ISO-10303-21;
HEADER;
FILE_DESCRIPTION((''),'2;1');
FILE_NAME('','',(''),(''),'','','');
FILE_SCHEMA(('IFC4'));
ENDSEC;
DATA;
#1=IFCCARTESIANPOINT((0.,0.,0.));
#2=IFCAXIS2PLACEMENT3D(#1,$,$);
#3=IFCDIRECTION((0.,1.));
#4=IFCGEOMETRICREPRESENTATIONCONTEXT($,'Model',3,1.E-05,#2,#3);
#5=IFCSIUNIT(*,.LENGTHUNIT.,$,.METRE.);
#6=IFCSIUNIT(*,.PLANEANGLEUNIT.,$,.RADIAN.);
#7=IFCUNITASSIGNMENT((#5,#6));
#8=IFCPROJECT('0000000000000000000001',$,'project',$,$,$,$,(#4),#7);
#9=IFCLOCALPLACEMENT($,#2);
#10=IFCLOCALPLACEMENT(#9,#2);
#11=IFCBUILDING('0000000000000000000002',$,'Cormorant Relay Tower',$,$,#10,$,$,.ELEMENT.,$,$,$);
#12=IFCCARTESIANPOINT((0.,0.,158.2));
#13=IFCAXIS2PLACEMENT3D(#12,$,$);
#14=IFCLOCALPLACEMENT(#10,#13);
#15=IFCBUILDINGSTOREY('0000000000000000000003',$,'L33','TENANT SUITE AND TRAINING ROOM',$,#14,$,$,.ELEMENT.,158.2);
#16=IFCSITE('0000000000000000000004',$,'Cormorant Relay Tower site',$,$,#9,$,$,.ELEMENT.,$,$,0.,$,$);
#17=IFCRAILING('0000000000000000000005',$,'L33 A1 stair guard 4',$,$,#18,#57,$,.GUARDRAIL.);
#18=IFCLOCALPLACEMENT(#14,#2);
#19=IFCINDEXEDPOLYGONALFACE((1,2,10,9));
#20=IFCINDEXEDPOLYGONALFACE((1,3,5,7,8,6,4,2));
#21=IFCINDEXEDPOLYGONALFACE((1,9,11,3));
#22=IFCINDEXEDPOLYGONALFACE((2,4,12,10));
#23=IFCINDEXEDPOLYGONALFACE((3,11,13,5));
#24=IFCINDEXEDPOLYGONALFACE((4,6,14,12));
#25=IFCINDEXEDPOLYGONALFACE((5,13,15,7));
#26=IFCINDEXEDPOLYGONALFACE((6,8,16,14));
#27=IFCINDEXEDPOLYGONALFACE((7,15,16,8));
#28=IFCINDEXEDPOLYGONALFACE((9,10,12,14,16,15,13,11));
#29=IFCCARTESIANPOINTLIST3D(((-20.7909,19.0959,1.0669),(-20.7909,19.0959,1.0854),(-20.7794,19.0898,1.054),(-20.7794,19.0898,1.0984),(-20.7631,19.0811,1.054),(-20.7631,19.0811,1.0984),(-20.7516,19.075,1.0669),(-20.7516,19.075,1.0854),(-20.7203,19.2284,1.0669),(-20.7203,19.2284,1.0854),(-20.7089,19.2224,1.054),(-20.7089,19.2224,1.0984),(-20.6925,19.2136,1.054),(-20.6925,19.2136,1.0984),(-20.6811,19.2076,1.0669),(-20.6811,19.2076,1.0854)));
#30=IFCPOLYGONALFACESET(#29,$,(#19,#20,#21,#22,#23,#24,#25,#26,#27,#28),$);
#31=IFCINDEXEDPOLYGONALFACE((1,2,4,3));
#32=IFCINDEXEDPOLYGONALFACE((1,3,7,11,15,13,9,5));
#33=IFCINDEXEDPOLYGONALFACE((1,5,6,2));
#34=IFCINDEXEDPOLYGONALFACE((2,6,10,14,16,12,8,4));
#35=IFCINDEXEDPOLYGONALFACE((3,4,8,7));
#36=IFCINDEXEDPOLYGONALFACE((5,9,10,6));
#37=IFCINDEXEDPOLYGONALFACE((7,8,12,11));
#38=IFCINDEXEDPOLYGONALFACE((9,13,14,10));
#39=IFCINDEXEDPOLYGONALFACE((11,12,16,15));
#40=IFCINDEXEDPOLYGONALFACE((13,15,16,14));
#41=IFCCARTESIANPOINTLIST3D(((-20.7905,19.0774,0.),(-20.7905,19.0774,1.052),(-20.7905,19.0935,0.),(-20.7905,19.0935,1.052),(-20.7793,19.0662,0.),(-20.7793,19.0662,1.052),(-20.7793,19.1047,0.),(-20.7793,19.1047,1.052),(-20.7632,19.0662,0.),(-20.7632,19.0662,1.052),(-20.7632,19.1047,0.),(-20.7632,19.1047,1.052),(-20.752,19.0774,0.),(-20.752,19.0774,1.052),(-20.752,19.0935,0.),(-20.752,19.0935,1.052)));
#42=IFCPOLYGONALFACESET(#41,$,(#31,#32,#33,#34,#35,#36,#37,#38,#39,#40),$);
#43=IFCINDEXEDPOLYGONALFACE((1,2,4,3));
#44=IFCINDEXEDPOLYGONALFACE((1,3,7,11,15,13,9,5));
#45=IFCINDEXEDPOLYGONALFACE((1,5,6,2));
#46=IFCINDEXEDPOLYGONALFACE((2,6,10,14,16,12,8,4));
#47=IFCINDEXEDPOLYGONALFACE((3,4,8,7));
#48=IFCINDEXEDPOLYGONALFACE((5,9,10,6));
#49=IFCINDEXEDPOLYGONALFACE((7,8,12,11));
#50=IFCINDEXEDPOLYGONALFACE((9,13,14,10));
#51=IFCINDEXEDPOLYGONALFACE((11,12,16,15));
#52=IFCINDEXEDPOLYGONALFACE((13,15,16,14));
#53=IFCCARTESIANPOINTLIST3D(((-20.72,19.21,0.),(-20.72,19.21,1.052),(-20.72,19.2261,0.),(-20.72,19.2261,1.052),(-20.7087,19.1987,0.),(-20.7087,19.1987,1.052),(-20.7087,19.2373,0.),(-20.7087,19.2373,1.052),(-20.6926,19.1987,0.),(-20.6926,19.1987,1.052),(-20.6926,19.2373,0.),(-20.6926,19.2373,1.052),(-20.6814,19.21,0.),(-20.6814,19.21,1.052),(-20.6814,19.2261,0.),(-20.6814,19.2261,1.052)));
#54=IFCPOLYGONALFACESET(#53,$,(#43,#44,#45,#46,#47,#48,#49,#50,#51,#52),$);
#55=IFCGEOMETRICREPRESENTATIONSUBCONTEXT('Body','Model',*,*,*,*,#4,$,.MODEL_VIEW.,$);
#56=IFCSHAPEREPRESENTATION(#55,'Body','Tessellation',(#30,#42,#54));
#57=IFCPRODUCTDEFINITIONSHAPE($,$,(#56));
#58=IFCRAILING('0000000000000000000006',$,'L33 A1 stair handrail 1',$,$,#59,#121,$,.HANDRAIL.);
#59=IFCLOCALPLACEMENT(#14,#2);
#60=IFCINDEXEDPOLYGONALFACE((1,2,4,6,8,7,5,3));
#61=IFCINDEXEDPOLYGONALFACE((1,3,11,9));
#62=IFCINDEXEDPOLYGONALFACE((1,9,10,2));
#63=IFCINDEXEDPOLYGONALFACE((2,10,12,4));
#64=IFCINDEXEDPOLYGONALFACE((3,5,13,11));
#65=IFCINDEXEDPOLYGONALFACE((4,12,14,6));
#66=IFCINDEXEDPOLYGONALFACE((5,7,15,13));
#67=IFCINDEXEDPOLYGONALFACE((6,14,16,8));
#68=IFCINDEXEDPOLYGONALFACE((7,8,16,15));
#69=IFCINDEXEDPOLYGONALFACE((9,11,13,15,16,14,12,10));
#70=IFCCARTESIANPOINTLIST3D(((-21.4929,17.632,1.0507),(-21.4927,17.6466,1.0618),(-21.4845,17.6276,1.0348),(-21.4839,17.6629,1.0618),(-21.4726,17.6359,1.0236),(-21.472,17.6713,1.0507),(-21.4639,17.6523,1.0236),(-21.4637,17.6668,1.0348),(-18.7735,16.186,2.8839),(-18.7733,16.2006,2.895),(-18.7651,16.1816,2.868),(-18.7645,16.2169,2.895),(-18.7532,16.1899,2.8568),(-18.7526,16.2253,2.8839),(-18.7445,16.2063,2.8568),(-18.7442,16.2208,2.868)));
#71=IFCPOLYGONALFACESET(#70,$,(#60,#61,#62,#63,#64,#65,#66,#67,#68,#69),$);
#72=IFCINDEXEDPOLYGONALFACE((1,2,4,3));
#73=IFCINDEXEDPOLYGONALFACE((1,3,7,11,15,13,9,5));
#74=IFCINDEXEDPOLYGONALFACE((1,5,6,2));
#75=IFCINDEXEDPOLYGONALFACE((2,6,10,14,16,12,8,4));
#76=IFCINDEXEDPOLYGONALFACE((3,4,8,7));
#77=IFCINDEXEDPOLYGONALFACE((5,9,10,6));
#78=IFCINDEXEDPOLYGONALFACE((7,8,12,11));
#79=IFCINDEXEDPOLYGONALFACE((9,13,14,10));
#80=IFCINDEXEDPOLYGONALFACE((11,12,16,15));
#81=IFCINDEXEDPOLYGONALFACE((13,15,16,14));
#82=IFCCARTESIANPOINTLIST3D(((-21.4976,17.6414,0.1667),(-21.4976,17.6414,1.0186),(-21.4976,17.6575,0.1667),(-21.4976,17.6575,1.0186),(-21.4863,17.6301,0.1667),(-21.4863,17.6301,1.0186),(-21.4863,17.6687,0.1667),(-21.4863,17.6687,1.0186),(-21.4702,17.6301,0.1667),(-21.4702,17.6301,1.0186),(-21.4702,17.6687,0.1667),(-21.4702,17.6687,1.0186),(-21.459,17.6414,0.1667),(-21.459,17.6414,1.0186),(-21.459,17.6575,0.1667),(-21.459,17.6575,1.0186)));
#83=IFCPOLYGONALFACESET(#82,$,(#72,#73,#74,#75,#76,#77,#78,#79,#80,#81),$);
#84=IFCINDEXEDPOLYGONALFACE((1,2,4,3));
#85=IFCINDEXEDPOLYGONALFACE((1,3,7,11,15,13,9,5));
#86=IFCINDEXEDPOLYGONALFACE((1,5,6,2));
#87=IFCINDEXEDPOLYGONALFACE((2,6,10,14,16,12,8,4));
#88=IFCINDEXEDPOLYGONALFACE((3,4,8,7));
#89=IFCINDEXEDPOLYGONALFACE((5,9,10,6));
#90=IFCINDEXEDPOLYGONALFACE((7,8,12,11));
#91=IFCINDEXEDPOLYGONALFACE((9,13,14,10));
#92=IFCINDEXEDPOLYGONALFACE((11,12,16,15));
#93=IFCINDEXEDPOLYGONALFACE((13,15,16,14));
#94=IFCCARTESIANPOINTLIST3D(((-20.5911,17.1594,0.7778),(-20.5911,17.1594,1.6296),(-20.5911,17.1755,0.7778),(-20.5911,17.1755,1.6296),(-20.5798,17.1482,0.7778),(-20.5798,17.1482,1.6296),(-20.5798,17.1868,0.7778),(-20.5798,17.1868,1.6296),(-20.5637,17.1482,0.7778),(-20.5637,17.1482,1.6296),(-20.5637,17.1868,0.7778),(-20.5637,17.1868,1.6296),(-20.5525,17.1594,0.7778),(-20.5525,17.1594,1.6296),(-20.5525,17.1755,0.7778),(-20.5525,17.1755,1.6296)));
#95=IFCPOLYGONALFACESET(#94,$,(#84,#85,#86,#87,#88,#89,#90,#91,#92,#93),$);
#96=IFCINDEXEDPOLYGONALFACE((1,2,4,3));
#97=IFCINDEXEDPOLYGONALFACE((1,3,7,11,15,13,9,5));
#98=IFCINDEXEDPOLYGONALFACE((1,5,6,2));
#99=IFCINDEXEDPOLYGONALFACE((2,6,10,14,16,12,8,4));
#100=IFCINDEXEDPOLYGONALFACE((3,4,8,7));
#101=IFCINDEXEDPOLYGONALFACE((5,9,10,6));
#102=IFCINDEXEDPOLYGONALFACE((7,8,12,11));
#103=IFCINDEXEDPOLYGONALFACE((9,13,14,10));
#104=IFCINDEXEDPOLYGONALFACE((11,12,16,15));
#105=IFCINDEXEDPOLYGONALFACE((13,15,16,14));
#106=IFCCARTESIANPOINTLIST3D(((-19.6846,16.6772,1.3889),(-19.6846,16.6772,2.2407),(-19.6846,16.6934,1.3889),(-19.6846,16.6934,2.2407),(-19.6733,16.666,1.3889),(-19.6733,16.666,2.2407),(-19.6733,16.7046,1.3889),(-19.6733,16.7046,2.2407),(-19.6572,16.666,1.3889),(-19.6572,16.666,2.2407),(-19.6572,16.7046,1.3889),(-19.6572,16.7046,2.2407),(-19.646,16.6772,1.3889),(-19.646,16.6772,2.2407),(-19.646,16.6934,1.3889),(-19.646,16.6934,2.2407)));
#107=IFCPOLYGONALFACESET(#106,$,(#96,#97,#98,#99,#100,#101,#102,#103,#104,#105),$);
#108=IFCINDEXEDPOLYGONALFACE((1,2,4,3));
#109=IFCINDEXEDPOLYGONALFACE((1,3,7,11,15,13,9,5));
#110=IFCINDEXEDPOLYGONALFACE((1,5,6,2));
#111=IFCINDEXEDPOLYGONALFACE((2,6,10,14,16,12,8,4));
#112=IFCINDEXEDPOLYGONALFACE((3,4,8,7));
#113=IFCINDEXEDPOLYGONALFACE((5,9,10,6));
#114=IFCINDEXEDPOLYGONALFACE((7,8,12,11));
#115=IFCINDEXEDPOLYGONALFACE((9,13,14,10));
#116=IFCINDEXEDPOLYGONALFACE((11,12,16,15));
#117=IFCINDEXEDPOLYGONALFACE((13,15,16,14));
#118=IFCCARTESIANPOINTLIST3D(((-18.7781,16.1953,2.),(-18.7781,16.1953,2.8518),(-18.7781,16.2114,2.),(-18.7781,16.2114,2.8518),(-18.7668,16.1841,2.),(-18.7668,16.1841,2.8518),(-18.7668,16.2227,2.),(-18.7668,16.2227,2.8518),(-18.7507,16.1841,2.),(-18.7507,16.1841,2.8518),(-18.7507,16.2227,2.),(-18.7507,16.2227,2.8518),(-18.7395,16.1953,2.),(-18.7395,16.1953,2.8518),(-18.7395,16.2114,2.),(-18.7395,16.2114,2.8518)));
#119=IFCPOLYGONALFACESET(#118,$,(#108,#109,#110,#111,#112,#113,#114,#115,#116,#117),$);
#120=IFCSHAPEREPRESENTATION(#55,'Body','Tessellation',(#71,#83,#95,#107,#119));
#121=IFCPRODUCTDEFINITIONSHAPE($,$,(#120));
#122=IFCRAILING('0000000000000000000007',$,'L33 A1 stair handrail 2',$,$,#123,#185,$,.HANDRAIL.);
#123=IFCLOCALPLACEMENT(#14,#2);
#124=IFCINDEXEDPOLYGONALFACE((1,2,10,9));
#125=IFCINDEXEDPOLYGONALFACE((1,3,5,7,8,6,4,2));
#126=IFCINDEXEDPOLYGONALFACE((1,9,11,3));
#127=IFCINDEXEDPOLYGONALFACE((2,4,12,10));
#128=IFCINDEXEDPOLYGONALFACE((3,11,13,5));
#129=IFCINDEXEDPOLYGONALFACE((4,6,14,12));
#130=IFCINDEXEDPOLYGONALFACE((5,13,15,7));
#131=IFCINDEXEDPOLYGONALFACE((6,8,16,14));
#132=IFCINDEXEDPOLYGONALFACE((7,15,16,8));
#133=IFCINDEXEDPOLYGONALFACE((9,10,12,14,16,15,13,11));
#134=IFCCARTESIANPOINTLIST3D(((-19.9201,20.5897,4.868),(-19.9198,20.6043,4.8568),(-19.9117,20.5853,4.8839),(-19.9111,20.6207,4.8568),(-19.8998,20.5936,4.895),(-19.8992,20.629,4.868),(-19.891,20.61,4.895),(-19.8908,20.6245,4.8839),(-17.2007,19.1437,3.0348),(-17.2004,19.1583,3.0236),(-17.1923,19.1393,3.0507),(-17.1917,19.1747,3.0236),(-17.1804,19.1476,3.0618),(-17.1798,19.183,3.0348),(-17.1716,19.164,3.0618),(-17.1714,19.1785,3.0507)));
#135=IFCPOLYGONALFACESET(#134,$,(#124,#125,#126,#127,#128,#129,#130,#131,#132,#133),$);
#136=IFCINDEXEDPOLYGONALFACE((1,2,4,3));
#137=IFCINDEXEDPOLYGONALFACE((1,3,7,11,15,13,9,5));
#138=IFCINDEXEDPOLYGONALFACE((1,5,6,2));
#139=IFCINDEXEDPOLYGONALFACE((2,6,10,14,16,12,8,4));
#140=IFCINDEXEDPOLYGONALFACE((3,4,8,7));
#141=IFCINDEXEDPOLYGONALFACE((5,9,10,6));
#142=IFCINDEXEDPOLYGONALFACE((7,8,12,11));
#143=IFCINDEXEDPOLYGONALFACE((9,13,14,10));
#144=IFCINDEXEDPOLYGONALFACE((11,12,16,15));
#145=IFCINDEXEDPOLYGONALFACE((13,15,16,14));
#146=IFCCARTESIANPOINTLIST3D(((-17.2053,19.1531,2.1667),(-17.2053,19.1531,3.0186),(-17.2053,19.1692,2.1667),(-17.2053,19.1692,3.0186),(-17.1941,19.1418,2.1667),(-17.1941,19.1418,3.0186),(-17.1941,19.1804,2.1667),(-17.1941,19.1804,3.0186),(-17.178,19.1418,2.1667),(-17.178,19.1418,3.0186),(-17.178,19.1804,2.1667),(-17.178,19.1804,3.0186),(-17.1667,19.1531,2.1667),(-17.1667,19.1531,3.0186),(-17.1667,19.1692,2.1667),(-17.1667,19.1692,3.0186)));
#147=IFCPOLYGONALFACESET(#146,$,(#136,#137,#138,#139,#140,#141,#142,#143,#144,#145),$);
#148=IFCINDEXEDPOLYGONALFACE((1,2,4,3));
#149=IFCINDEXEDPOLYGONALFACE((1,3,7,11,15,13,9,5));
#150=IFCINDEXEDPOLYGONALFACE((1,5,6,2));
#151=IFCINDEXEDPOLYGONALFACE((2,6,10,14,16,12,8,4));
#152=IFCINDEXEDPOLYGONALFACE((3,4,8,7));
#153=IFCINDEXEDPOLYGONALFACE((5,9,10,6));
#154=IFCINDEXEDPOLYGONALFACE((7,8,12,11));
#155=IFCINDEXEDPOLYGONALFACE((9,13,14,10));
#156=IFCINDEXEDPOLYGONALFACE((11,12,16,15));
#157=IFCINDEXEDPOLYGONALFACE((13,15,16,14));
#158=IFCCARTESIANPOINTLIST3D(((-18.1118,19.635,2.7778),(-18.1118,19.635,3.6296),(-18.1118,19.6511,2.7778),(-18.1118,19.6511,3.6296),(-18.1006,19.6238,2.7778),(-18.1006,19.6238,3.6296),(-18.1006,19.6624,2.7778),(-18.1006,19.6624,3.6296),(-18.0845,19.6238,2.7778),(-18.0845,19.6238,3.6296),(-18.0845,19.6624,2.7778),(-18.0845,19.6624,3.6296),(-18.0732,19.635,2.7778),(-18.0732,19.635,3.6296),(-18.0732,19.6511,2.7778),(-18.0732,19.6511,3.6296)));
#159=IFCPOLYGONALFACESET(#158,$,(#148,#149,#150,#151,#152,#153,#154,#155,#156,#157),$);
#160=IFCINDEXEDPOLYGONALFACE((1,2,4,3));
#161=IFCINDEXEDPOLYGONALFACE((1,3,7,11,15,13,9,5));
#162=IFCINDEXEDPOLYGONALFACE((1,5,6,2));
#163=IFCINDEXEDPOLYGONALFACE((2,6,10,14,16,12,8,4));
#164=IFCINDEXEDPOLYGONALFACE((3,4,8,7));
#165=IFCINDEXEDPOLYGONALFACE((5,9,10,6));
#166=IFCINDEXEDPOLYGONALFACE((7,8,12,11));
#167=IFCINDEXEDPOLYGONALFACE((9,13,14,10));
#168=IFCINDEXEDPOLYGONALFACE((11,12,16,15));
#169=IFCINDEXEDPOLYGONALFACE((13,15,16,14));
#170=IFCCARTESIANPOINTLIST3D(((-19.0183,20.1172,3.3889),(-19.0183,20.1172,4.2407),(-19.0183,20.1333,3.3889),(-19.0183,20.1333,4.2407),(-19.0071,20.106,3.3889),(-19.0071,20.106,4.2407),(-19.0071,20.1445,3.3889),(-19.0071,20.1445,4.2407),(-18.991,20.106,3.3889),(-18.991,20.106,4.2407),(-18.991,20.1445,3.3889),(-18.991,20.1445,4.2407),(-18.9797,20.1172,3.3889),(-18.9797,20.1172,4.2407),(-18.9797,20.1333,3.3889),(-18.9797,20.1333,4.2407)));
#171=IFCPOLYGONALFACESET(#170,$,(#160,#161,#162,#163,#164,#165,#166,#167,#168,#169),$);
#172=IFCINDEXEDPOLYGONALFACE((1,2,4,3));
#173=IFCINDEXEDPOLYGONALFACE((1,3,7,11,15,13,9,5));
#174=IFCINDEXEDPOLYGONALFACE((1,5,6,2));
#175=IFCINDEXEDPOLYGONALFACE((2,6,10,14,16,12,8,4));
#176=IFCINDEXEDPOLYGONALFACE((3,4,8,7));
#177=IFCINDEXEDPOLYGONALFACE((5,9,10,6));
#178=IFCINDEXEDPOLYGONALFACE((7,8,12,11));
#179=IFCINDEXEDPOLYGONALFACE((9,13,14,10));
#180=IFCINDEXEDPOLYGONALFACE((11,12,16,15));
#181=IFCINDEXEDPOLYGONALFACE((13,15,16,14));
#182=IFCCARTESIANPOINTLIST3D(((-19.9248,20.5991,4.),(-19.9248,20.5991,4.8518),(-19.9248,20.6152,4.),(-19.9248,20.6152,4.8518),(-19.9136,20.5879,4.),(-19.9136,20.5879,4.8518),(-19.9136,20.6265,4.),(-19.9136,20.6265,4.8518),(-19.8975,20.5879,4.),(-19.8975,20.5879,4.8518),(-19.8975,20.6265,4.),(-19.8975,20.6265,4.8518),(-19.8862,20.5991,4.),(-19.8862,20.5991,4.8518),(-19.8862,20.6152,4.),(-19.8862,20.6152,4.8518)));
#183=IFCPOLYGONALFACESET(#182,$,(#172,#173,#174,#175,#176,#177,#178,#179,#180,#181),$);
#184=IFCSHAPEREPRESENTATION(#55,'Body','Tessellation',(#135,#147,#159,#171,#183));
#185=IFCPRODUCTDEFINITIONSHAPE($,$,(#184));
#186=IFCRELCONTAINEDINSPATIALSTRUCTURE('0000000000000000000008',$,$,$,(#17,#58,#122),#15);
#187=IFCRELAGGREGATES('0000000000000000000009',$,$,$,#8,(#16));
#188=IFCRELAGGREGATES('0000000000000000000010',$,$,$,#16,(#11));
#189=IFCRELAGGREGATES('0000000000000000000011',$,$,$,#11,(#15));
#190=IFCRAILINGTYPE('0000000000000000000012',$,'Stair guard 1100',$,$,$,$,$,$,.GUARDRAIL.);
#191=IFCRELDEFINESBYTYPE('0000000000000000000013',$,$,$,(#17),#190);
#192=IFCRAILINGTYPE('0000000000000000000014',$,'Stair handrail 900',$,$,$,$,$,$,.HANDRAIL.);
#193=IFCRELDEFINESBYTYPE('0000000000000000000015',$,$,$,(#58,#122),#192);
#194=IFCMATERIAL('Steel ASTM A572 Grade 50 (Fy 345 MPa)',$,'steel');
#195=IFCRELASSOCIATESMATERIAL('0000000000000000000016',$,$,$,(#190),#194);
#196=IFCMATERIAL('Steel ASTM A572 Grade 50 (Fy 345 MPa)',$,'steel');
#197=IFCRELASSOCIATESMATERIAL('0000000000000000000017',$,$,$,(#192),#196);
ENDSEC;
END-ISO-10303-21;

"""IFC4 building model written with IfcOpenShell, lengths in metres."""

from ifc_helpers import new_model, si_unit, direction, frame, origin, place, context, subcontext, project, spatial, polyline, outline, extrude, material, type_object, element, save


model = new_model("IFC4")

# Units and contexts
model_context = context("Model", 3, precision=1e-05, world=origin(), true_north=direction((0.0, 1.0)))
body_context = subcontext(model_context, "Body", "Model", "MODEL_VIEW")
ifc_project = project(units=[si_unit("LENGTHUNIT", "METRE"), si_unit("PLANEANGLEUNIT", "RADIAN")], contexts=[model_context])

# Site, building, storey
site_placement = place(None, origin())
site = spatial("IfcSite", under=ifc_project, at=site_placement, Name="Cormorant Relay Tower site", CompositionType="ELEMENT", RefElevation=0.0)
building_placement = place(site_placement, origin())
building = spatial("IfcBuilding", under=site, at=building_placement, Name="Cormorant Relay Tower", CompositionType="ELEMENT")
storey_placement = place(building_placement, frame((0.0, 0.0, 158.2)))
storey = spatial("IfcBuildingStorey", under=building, at=storey_placement, Name="L33", Description="TENANT SUITE AND TRAINING ROOM", CompositionType="ELEMENT", Elevation=158.2)

# Railings
ifc_material_1 = material(Name="Steel ASTM A572 Grade 50 (Fy 345 MPa)", Category="steel")
railing_type_1 = type_object("IfcRailingType", Name="Stair guard 1100", PredefinedType="GUARDRAIL", material=ifc_material_1)
railing_1_placement = place(storey_placement, frame((-20.7712, 19.0854, 0.0)))
element("IfcRailing", 1, at=railing_1_placement, inside=storey, type_object=railing_type_1, Name="L33 A1 stair guard 4", PredefinedType="GUARDRAIL", context=body_context, shape_type="SweptSolid", body=[
    extrude(outline(polyline([(0.0222, 0.0093), (0.0093, 0.0222), (-0.0093, 0.0222), (-0.0222, 0.0093), (-0.0222, -0.0093), (-0.0093, -0.0222), (0.0093, -0.0222), (0.0222, -0.0093), (0.0222, 0.0093)])), frame((0.0, 0.0, 1.0762), z_axis=(0.469829, 0.882758, 0.0), x_axis=(-0.882758, 0.469829, 0.0)), (0.0, 0.0, 1.0), 0.1501),
    extrude(outline(polyline([(0.0193, 0.0081), (0.0081, 0.0193), (-0.0081, 0.0193), (-0.0193, 0.0081), (-0.0193, -0.0081), (-0.0081, -0.0193), (0.0081, -0.0193), (0.0193, -0.0081), (0.0193, 0.0081)])), origin(), (0.0, 0.0, 1.0), 1.052),
    extrude(outline(polyline([(0.0193, 0.0081), (0.0081, 0.0193), (-0.0081, 0.0193), (-0.0193, 0.0081), (-0.0193, -0.0081), (-0.0081, -0.0193), (0.0081, -0.0193), (0.0193, -0.0081), (0.0193, 0.0081)])), frame((0.0706, 0.1326, 0.0)), (0.0, 0.0, 1.0), 1.052),
])
ifc_material_2 = material(Name="Steel ASTM A572 Grade 50 (Fy 345 MPa)", Category="steel")
railing_type_2 = type_object("IfcRailingType", Name="Stair handrail 900", PredefinedType="HANDRAIL", material=ifc_material_2)
railing_2_placement = place(storey_placement, frame((-21.4783, 17.6494, 0.1667)))
element("IfcRailing", 2, at=railing_2_placement, inside=storey, type_object=railing_type_2, Name="L33 A1 stair handrail 1", PredefinedType="HANDRAIL", context=body_context, shape_type="SweptSolid", body=[
    extrude(outline(polyline([(0.0222, 0.0093), (0.0093, 0.0222), (-0.0093, 0.0222), (-0.0222, 0.0093), (-0.0222, -0.0093), (-0.0093, -0.0222), (0.0093, -0.0222), (0.0222, -0.0093), (0.0222, 0.0093)])), frame((0.0, 0.0, 0.876), z_axis=(0.758714, -0.403435, 0.511463), x_axis=(0.469489, 0.882938, 0.0)), (0.0, 0.0, 1.0), 3.5842),
    extrude(outline(polyline([(0.0193, 0.0081), (0.0081, 0.0193), (-0.0081, 0.0193), (-0.0193, 0.0081), (-0.0193, -0.0081), (-0.0081, -0.0193), (0.0081, -0.0193), (0.0193, -0.0081), (0.0193, 0.0081)])), origin(), (0.0, 0.0, 1.0), 0.8518),
    extrude(outline(polyline([(0.0193, 0.0081), (0.0081, 0.0193), (-0.0081, 0.0193), (-0.0193, 0.0081), (-0.0193, -0.0081), (-0.0081, -0.0193), (0.0081, -0.0193), (0.0193, -0.0081), (0.0193, 0.0081)])), frame((0.9065, -0.4819, 0.6111)), (0.0, 0.0, 1.0), 0.8518),
    extrude(outline(polyline([(0.0193, 0.0081), (0.0081, 0.0193), (-0.0081, 0.0193), (-0.0193, 0.0081), (-0.0193, -0.0081), (-0.0081, -0.0193), (0.0081, -0.0193), (0.0193, -0.0081), (0.0193, 0.0081)])), frame((1.813, -0.9641, 1.2222)), (0.0, 0.0, 1.0), 0.8518),
    extrude(outline(polyline([(0.0193, 0.0081), (0.0081, 0.0193), (-0.0081, 0.0193), (-0.0193, 0.0081), (-0.0193, -0.0081), (-0.0081, -0.0193), (0.0081, -0.0193), (0.0193, -0.0081), (0.0193, 0.0081)])), frame((2.7195, -1.446, 1.8333)), (0.0, 0.0, 1.0), 0.8518),
])
railing_3_placement = place(storey_placement, frame((-17.186, 19.1611, 2.1667)))
element("IfcRailing", 3, at=railing_3_placement, inside=storey, type_object=railing_type_2, Name="L33 A1 stair handrail 2", PredefinedType="HANDRAIL", context=body_context, shape_type="SweptSolid", body=[
    extrude(outline(polyline([(0.0222, 0.0093), (0.0093, 0.0222), (-0.0093, 0.0222), (-0.0222, 0.0093), (-0.0222, -0.0093), (-0.0093, -0.0222), (0.0093, -0.0222), (0.0222, -0.0093), (0.0222, 0.0093)])), frame((0.0, 0.0, 0.876), z_axis=(-0.758714, 0.403435, 0.511463), x_axis=(-0.469489, -0.882938, 0.0)), (0.0, 0.0, 1.0), 3.5842),
    extrude(outline(polyline([(0.0193, 0.0081), (0.0081, 0.0193), (-0.0081, 0.0193), (-0.0193, 0.0081), (-0.0193, -0.0081), (-0.0081, -0.0193), (0.0081, -0.0193), (0.0193, -0.0081), (0.0193, 0.0081)])), origin(), (0.0, 0.0, 1.0), 0.8518),
    extrude(outline(polyline([(0.0193, 0.0081), (0.0081, 0.0193), (-0.0081, 0.0193), (-0.0193, 0.0081), (-0.0193, -0.0081), (-0.0081, -0.0193), (0.0081, -0.0193), (0.0193, -0.0081), (0.0193, 0.0081)])), frame((-0.9065, 0.4819, 0.6111)), (0.0, 0.0, 1.0), 0.8518),
    extrude(outline(polyline([(0.0193, 0.0081), (0.0081, 0.0193), (-0.0081, 0.0193), (-0.0193, 0.0081), (-0.0193, -0.0081), (-0.0081, -0.0193), (0.0081, -0.0193), (0.0193, -0.0081), (0.0193, 0.0081)])), frame((-1.813, 0.9641, 1.2222)), (0.0, 0.0, 1.0), 0.8518),
    extrude(outline(polyline([(0.0193, 0.0081), (0.0081, 0.0193), (-0.0081, 0.0193), (-0.0193, 0.0081), (-0.0193, -0.0081), (-0.0081, -0.0193), (0.0081, -0.0193), (0.0193, -0.0081), (0.0193, 0.0081)])), frame((-2.7195, 1.446, 1.8333)), (0.0, 0.0, 1.0), 0.8518),
])

save(model, "model.ifc")
